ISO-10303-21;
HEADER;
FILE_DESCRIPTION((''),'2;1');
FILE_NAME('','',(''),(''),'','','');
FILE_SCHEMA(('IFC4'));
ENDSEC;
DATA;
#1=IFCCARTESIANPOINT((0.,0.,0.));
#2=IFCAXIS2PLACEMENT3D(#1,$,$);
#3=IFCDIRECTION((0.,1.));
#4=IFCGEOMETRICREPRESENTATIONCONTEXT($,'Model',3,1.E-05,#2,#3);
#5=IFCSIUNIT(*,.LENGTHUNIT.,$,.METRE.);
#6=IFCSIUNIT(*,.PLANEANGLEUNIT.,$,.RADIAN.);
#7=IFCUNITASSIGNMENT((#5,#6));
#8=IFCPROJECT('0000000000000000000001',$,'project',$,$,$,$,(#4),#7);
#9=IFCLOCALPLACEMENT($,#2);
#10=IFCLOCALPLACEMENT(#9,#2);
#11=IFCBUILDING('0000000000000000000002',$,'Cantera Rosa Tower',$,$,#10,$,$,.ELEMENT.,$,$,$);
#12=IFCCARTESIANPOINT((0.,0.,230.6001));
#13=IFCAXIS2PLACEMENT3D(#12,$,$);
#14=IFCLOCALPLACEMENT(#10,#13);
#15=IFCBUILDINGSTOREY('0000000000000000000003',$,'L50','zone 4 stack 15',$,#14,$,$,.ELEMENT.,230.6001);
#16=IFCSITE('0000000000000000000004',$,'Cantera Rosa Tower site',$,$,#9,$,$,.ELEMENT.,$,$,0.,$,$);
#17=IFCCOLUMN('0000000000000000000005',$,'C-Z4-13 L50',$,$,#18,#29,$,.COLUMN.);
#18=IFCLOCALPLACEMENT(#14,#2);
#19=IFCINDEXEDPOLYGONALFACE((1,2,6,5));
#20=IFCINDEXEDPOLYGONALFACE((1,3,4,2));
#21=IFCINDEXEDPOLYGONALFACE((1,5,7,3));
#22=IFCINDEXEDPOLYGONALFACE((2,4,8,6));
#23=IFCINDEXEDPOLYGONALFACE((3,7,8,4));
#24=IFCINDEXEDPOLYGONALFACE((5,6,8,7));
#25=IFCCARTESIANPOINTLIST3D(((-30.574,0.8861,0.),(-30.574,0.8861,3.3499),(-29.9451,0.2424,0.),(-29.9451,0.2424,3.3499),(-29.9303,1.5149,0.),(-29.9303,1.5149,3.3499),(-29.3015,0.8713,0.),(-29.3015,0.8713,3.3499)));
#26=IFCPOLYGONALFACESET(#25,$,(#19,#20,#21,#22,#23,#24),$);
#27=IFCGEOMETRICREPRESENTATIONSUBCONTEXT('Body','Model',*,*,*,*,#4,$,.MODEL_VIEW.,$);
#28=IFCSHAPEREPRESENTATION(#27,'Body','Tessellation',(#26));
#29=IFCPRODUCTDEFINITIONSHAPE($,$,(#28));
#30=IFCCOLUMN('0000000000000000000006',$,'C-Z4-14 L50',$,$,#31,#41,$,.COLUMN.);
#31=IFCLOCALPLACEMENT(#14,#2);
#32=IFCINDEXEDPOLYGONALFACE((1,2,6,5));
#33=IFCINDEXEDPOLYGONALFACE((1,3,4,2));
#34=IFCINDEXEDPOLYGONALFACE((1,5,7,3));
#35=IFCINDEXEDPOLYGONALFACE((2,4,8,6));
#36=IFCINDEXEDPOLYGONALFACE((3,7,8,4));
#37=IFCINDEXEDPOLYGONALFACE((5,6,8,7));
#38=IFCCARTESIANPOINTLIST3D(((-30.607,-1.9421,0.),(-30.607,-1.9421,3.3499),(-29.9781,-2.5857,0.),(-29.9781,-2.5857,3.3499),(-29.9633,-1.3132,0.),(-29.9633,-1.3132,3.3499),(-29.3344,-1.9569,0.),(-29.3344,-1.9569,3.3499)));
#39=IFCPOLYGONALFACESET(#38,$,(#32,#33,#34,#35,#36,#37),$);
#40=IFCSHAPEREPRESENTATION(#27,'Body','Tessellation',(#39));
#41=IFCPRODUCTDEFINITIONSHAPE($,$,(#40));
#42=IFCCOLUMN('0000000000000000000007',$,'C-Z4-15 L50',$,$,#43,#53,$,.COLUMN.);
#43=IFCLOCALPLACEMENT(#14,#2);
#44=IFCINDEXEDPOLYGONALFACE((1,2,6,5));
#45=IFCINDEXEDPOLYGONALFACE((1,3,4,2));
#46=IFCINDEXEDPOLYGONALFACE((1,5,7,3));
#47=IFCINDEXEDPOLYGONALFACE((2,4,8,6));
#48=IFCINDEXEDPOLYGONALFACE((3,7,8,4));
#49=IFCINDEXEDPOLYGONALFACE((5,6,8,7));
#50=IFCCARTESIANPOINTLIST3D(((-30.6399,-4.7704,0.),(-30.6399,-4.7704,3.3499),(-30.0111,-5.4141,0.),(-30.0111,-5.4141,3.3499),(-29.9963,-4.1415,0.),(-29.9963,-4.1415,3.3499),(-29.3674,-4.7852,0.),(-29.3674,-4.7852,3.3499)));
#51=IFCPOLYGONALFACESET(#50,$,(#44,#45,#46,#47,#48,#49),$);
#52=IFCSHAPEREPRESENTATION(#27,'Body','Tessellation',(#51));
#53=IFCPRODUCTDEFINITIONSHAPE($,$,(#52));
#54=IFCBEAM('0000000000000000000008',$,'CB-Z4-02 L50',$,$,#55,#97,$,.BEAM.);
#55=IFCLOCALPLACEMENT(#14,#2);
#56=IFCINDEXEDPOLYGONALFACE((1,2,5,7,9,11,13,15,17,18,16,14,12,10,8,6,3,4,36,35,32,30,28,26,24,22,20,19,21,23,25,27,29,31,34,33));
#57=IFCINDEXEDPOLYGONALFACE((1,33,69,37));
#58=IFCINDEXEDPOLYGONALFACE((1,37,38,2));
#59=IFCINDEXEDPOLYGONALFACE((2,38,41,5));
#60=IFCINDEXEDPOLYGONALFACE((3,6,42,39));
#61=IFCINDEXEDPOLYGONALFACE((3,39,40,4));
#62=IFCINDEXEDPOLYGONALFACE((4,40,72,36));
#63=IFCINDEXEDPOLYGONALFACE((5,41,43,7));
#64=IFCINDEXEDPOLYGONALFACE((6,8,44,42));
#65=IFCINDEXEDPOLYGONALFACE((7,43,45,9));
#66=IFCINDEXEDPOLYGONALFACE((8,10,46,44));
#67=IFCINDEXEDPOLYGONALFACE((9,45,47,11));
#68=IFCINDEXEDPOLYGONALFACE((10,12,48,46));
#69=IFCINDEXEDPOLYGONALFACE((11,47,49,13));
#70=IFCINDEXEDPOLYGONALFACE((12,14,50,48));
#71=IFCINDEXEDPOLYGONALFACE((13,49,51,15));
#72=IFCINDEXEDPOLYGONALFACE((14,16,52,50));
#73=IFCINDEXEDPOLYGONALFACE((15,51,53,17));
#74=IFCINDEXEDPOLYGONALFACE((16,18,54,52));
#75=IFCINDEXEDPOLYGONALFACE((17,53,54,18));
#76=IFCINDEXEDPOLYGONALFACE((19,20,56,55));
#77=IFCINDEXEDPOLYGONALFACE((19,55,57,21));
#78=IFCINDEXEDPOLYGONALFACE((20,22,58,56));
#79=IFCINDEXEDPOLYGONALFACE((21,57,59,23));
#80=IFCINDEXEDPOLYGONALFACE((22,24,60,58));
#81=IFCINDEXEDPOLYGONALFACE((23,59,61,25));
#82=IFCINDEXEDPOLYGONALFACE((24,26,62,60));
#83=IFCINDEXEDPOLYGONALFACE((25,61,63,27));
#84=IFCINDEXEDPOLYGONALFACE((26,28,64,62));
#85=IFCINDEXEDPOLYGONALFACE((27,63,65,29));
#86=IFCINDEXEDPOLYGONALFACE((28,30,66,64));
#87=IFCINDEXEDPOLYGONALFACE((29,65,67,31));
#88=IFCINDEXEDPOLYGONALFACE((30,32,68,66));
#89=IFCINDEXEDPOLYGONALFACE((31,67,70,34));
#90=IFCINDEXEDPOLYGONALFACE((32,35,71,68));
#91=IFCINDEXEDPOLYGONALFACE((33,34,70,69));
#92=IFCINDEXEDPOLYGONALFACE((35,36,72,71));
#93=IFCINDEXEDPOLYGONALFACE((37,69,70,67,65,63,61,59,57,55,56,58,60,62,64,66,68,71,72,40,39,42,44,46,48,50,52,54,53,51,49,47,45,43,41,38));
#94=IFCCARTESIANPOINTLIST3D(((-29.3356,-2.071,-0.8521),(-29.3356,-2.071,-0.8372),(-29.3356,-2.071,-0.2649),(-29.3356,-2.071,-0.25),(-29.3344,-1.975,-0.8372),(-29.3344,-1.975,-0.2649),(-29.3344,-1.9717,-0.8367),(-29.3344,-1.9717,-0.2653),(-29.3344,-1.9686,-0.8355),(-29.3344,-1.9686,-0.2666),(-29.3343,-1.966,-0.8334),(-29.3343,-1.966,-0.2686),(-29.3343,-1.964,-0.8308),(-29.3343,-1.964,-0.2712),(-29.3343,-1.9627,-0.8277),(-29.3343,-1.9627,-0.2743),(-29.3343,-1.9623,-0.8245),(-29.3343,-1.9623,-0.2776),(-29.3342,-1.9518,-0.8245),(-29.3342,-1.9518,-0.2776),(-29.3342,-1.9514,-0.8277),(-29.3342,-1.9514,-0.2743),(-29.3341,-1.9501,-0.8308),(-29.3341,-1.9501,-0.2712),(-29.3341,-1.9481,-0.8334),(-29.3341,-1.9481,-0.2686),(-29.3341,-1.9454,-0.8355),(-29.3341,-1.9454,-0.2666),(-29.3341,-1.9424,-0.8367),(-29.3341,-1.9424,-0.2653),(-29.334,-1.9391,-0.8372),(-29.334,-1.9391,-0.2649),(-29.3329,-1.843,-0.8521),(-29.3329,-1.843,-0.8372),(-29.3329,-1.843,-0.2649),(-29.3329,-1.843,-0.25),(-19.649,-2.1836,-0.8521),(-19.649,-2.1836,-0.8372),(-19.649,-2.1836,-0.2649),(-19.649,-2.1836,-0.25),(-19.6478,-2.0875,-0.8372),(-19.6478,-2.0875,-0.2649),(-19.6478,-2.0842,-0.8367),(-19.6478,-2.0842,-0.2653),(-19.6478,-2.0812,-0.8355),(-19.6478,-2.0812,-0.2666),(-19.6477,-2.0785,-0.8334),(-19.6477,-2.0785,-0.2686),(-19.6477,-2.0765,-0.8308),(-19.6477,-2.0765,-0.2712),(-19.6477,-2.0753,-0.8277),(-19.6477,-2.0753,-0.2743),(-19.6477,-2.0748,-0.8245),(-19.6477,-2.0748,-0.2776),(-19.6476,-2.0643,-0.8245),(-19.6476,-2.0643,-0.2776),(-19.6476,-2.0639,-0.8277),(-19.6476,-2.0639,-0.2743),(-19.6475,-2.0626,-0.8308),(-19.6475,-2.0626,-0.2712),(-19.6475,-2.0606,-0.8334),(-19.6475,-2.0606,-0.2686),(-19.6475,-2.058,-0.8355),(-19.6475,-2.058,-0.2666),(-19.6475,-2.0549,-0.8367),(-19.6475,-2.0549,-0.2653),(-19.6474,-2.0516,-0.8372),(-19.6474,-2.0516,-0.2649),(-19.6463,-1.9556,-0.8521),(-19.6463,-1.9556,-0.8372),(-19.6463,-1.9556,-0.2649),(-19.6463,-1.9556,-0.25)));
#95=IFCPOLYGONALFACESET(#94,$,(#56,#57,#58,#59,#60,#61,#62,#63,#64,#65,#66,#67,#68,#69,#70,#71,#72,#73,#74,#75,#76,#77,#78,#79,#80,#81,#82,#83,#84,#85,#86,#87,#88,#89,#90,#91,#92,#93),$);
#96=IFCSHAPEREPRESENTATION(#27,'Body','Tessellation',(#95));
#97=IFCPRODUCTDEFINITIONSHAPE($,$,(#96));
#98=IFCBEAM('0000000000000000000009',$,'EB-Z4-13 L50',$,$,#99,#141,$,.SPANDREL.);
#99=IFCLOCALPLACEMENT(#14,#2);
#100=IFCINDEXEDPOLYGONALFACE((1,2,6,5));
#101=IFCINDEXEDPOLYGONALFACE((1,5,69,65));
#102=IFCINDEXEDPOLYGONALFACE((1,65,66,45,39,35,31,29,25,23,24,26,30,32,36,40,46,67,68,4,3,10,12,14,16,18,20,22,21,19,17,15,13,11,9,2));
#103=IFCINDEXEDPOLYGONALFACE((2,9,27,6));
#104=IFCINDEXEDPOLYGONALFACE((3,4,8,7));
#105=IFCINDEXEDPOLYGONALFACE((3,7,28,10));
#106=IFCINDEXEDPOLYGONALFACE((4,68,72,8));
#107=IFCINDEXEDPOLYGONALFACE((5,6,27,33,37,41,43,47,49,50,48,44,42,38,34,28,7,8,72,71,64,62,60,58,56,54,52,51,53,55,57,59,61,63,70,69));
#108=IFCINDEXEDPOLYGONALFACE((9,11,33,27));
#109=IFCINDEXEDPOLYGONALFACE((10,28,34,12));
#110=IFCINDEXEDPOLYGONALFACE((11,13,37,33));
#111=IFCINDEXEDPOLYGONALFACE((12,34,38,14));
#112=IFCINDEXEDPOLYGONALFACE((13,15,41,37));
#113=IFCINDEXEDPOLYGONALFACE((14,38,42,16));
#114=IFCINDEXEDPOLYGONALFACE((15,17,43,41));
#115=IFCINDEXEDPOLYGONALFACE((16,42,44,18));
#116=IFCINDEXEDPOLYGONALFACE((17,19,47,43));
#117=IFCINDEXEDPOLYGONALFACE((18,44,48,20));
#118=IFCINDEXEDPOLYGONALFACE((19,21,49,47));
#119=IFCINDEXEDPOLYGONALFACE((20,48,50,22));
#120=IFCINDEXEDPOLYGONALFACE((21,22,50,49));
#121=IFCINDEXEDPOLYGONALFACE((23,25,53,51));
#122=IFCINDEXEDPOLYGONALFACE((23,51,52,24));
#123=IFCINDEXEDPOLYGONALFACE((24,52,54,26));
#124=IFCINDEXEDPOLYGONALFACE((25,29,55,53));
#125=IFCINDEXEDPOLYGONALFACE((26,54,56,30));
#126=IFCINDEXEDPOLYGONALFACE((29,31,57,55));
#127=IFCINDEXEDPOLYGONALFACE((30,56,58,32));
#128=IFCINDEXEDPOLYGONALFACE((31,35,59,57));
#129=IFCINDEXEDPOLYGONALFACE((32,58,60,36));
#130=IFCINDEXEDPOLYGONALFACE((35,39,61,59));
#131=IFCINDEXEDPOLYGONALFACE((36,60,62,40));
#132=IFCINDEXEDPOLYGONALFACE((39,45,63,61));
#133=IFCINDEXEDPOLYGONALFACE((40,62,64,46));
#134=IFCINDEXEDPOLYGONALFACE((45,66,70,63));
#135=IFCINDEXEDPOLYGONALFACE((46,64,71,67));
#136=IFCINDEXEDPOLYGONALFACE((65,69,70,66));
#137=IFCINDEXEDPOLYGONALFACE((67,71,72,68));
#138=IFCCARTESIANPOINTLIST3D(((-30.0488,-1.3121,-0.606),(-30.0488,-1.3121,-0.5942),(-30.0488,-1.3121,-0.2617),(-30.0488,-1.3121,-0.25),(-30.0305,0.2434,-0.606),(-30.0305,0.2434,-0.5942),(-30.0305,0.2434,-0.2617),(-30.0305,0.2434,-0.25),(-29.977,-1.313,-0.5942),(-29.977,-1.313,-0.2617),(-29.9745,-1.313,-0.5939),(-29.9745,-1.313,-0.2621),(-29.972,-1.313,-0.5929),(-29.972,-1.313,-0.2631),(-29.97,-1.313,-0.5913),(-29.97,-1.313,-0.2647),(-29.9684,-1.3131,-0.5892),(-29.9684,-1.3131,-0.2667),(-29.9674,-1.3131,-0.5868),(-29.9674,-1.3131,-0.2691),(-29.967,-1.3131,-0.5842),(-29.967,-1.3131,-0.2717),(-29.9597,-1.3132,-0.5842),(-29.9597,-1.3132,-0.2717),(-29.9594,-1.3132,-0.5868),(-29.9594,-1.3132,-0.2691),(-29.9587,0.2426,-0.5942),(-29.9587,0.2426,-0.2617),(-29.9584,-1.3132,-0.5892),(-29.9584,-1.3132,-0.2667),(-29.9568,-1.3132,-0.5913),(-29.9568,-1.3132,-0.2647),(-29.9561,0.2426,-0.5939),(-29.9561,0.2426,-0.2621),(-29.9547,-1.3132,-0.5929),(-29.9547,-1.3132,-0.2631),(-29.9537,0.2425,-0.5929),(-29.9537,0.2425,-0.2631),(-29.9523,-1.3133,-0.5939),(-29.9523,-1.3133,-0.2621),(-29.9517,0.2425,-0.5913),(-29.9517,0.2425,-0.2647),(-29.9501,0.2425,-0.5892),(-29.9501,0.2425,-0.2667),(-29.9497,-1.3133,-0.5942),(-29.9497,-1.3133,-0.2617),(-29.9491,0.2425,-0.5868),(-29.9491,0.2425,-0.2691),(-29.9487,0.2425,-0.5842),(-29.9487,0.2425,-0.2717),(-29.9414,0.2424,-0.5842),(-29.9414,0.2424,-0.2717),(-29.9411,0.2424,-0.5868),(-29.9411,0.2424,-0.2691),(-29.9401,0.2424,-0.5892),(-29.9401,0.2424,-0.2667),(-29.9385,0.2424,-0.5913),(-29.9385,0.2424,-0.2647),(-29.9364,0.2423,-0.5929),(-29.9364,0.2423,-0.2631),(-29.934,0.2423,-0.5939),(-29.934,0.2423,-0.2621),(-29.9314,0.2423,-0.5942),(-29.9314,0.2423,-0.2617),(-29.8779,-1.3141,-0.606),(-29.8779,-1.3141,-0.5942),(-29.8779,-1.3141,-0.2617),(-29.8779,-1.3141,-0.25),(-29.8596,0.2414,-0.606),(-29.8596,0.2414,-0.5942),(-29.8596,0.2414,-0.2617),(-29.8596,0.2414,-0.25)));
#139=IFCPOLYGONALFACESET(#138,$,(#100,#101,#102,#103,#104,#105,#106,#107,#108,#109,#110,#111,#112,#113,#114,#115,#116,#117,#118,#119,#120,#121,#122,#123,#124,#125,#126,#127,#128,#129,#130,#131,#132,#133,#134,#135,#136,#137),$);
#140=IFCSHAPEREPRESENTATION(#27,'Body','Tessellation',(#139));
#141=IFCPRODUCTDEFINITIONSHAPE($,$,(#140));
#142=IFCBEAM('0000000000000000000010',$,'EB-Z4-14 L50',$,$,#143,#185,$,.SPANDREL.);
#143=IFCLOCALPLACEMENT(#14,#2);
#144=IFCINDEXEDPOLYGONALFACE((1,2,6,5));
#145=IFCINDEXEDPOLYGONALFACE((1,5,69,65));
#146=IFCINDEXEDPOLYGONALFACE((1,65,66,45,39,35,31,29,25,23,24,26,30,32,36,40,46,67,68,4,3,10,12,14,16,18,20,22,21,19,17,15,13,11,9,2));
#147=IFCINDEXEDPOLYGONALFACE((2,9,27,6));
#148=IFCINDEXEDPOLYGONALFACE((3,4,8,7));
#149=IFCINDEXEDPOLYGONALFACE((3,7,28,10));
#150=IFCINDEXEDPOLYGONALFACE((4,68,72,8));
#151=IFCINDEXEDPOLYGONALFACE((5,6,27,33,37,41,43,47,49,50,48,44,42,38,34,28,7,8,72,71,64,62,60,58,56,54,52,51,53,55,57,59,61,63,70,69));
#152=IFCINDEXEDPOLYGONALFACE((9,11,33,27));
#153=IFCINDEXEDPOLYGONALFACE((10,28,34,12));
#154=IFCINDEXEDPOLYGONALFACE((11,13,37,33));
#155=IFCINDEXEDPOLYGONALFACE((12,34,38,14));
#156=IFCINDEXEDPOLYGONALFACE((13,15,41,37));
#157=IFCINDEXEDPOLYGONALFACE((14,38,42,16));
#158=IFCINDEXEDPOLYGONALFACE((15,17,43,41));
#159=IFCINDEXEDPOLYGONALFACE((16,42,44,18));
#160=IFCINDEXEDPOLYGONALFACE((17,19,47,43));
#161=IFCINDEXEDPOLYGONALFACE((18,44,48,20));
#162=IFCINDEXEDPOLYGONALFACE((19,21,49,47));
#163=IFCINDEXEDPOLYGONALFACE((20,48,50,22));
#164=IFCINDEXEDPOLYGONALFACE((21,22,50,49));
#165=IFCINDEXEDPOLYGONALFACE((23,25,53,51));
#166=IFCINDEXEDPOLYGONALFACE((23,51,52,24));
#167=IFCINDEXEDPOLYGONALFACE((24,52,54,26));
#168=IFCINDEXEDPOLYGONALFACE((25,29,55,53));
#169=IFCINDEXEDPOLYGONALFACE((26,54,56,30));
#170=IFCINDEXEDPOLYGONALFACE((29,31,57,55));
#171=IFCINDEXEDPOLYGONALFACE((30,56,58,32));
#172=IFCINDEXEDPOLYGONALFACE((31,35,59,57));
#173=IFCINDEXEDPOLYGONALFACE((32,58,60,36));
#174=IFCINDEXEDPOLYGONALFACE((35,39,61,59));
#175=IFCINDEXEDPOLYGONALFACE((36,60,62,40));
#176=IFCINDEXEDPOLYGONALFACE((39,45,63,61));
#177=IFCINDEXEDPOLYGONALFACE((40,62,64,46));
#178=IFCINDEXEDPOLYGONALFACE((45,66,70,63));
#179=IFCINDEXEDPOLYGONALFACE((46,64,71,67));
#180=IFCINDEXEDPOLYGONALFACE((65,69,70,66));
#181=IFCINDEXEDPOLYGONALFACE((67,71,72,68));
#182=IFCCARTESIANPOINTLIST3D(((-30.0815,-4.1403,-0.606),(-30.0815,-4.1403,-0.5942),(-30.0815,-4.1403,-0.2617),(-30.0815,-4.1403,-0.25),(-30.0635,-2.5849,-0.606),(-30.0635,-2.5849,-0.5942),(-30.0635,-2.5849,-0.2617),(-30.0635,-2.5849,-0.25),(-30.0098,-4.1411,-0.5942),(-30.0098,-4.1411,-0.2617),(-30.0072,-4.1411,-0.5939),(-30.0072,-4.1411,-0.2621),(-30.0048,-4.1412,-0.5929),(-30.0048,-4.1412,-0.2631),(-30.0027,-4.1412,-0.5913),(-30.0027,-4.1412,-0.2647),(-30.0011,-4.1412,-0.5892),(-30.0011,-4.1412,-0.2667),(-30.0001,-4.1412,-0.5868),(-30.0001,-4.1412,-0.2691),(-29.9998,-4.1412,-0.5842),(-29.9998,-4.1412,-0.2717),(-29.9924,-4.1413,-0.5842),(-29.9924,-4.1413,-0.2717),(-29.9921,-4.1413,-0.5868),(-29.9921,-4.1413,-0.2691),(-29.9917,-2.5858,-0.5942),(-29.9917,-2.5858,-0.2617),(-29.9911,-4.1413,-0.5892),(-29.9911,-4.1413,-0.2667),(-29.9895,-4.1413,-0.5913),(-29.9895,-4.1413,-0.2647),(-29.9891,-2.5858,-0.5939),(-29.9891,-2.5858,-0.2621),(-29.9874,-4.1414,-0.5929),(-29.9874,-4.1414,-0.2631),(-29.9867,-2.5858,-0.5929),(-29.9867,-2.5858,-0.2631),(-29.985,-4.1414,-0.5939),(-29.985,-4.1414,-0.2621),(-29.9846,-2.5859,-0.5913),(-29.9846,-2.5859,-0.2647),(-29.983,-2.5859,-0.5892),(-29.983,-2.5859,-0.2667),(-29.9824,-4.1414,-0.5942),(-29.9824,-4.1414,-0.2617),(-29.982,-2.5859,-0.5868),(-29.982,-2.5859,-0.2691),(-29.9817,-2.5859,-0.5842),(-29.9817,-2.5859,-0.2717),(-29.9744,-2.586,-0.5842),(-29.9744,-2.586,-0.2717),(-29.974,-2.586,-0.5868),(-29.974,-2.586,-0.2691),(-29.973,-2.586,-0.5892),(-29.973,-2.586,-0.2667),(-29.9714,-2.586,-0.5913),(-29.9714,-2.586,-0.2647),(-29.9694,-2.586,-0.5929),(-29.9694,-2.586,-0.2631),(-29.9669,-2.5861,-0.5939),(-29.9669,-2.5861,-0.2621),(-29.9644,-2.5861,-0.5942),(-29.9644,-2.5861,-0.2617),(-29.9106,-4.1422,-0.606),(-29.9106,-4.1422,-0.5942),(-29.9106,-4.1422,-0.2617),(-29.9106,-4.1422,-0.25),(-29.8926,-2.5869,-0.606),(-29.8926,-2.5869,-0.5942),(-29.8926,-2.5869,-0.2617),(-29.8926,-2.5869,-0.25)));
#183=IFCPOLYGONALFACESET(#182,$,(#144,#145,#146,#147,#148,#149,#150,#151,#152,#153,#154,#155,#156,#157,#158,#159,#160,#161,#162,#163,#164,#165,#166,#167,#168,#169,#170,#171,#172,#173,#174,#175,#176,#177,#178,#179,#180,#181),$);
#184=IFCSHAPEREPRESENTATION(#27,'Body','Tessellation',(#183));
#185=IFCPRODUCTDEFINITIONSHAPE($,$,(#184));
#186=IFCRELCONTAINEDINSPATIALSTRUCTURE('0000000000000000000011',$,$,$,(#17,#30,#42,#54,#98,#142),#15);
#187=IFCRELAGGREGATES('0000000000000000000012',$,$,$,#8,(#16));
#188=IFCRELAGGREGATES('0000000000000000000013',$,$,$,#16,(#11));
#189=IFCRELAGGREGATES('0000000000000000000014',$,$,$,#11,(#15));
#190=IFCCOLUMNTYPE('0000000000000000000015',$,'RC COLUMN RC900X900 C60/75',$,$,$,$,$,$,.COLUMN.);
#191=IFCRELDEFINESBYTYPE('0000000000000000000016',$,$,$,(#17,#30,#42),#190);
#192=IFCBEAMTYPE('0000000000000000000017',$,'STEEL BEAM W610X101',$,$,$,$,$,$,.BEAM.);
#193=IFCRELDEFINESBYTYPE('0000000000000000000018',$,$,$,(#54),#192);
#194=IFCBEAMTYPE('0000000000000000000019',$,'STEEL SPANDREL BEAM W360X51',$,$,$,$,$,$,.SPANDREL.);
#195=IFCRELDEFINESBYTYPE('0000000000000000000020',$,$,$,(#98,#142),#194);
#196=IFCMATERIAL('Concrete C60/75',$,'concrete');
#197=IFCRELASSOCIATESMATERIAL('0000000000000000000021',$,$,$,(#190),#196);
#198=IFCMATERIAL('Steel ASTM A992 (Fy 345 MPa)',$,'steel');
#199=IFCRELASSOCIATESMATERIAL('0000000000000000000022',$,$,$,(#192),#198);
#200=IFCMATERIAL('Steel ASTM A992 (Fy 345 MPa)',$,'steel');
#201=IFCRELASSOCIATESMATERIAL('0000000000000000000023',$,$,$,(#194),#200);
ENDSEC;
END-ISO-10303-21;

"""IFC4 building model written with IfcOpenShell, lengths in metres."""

from ifc_helpers import new_model, si_unit, direction, frame, origin, origin_2d, place, context, subcontext, project, spatial, rectangle, i_section, extrude, material, material_profile, profile_set, type_object, element, save


model = new_model("IFC4")

# Units and contexts
model_context = context("Model", 3, precision=1e-05, world=origin(), true_north=direction((0.0, 1.0)))
body_context = subcontext(model_context, "Body", "Model", "MODEL_VIEW")
ifc_project = project(units=[si_unit("LENGTHUNIT", "METRE"), si_unit("PLANEANGLEUNIT", "RADIAN")], contexts=[model_context])

# Site, building, storey
site_placement = place(None, origin())
site = spatial("IfcSite", under=ifc_project, at=site_placement, Name="Cantera Rosa Tower site", CompositionType="ELEMENT", RefElevation=0.0)
building_placement = place(site_placement, origin())
building = spatial("IfcBuilding", under=site, at=building_placement, Name="Cantera Rosa Tower", CompositionType="ELEMENT")
storey_placement = place(building_placement, frame((0.0, 0.0, 230.6001)))
storey = spatial("IfcBuildingStorey", under=building, at=storey_placement, Name="L50", Description="zone 4 stack 15", CompositionType="ELEMENT", Elevation=230.6001)

# Columns
ifc_material_1 = material(Name="Concrete C60/75", Category="concrete")
ifc_material_profile_1 = material_profile(ifc_material_1, rectangle(XDim=0.8999, YDim=0.8999, at=origin_2d()), Name="RC COLUMN RC900X900 C60/75")
ifc_profile_set_1 = profile_set([ifc_material_profile_1], Name="Concrete C60/75")
column_type = type_object("IfcColumnType", Name="RC COLUMN RC900X900 C60/75", PredefinedType="COLUMN", material=ifc_profile_set_1)
for number, where, z_axis, x_axis, name in (
    (1, (-29.9377, 0.8787, 0.0), (0.0, 0.0, 1.0), (0.715286, 0.698832, 0.0), "C-Z4-13 L50"),
    (2, (-29.9707, -1.9495, 0.0), (0.0, 0.0, 1.0), (0.715286, 0.698832, 0.0), "C-Z4-14 L50"),
    (3, (-30.0037, -4.7778, 0.0), (0.0, 0.0, 1.0), (0.715286, 0.698832, 0.0), "C-Z4-15 L50"),
):
    element("IfcColumn", number, at=place(storey_placement, frame(where, z_axis=z_axis, x_axis=x_axis)), inside=storey, type_object=column_type, Name=name, PredefinedType="COLUMN", context=body_context, shape_type="SweptSolid", body=[
        extrude(rectangle(XDim=0.8999, YDim=0.8999, at=origin_2d()), origin(), (0.0, 0.0, 1.0), 3.3499),
    ])

# Beams
ifc_material_2 = material(Name="Steel ASTM A992 (Fy 345 MPa)", Category="steel")
ifc_material_profile_2 = material_profile(ifc_material_2, i_section(OverallWidth=0.228, OverallDepth=0.6021, WebThickness=0.0105, FlangeThickness=0.0149, FilletRadius=0.0127, at=origin_2d()), Name="W610X101")
ifc_profile_set_2 = profile_set([ifc_material_profile_2], Name="Steel ASTM A992 (Fy 345 MPa)")
beam_type_1 = type_object("IfcBeamType", Name="STEEL BEAM W610X101", PredefinedType="BEAM", material=ifc_profile_set_2)
beam_1_placement = place(storey_placement, frame((-29.3342, -1.957, -0.551), z_axis=(0.999933, -0.011618, 0.0), x_axis=(0.011618, 0.999933, 0.0)))
element("IfcBeam", 4, at=beam_1_placement, inside=storey, type_object=beam_type_1, Name="CB-Z4-02 L50", PredefinedType="BEAM", context=body_context, shape_type="SweptSolid", body=[
    extrude(i_section(OverallWidth=0.228, OverallDepth=0.6021, WebThickness=0.0105, FlangeThickness=0.0149, FilletRadius=0.0127, at=origin_2d()), origin(), (0.0, 0.0, 1.0), 9.6873),
])
ifc_material_3 = material(Name="Steel ASTM A992 (Fy 345 MPa)", Category="steel")
ifc_material_profile_3 = material_profile(ifc_material_3, i_section(OverallWidth=0.1709, OverallDepth=0.356, WebThickness=0.0073, FlangeThickness=0.0117, FilletRadius=0.01, at=origin_2d()), Name="W360X51")
ifc_profile_set_3 = profile_set([ifc_material_profile_3], Name="Steel ASTM A992 (Fy 345 MPa)")
beam_type_2 = type_object("IfcBeamType", Name="STEEL SPANDREL BEAM W360X51", PredefinedType="SPANDREL", material=ifc_profile_set_3)
beam_2_placement = place(storey_placement, frame((-29.9451, 0.2424, -0.428), z_axis=(-0.011769, -0.999931, 0.0), x_axis=(0.999931, -0.011769, 0.0)))
element("IfcBeam", 5, at=beam_2_placement, inside=storey, type_object=beam_type_2, Name="EB-Z4-13 L50", PredefinedType="SPANDREL", context=body_context, shape_type="SweptSolid", body=[
    extrude(i_section(OverallWidth=0.1709, OverallDepth=0.356, WebThickness=0.0073, FlangeThickness=0.0117, FilletRadius=0.01, at=origin_2d()), origin(), (0.0, 0.0, 1.0), 1.5557),
])
beam_3_placement = place(storey_placement, frame((-29.978, -2.5859, -0.428), z_axis=(-0.011614, -0.999933, 0.0), x_axis=(0.999933, -0.011614, 0.0)))
element("IfcBeam", 6, at=beam_3_placement, inside=storey, type_object=beam_type_2, Name="EB-Z4-14 L50", PredefinedType="SPANDREL", context=body_context, shape_type="SweptSolid", body=[
    extrude(i_section(OverallWidth=0.1709, OverallDepth=0.356, WebThickness=0.0073, FlangeThickness=0.0117, FilletRadius=0.01, at=origin_2d()), origin(), (0.0, 0.0, 1.0), 1.5554),
])

save(model, "model.ifc")
